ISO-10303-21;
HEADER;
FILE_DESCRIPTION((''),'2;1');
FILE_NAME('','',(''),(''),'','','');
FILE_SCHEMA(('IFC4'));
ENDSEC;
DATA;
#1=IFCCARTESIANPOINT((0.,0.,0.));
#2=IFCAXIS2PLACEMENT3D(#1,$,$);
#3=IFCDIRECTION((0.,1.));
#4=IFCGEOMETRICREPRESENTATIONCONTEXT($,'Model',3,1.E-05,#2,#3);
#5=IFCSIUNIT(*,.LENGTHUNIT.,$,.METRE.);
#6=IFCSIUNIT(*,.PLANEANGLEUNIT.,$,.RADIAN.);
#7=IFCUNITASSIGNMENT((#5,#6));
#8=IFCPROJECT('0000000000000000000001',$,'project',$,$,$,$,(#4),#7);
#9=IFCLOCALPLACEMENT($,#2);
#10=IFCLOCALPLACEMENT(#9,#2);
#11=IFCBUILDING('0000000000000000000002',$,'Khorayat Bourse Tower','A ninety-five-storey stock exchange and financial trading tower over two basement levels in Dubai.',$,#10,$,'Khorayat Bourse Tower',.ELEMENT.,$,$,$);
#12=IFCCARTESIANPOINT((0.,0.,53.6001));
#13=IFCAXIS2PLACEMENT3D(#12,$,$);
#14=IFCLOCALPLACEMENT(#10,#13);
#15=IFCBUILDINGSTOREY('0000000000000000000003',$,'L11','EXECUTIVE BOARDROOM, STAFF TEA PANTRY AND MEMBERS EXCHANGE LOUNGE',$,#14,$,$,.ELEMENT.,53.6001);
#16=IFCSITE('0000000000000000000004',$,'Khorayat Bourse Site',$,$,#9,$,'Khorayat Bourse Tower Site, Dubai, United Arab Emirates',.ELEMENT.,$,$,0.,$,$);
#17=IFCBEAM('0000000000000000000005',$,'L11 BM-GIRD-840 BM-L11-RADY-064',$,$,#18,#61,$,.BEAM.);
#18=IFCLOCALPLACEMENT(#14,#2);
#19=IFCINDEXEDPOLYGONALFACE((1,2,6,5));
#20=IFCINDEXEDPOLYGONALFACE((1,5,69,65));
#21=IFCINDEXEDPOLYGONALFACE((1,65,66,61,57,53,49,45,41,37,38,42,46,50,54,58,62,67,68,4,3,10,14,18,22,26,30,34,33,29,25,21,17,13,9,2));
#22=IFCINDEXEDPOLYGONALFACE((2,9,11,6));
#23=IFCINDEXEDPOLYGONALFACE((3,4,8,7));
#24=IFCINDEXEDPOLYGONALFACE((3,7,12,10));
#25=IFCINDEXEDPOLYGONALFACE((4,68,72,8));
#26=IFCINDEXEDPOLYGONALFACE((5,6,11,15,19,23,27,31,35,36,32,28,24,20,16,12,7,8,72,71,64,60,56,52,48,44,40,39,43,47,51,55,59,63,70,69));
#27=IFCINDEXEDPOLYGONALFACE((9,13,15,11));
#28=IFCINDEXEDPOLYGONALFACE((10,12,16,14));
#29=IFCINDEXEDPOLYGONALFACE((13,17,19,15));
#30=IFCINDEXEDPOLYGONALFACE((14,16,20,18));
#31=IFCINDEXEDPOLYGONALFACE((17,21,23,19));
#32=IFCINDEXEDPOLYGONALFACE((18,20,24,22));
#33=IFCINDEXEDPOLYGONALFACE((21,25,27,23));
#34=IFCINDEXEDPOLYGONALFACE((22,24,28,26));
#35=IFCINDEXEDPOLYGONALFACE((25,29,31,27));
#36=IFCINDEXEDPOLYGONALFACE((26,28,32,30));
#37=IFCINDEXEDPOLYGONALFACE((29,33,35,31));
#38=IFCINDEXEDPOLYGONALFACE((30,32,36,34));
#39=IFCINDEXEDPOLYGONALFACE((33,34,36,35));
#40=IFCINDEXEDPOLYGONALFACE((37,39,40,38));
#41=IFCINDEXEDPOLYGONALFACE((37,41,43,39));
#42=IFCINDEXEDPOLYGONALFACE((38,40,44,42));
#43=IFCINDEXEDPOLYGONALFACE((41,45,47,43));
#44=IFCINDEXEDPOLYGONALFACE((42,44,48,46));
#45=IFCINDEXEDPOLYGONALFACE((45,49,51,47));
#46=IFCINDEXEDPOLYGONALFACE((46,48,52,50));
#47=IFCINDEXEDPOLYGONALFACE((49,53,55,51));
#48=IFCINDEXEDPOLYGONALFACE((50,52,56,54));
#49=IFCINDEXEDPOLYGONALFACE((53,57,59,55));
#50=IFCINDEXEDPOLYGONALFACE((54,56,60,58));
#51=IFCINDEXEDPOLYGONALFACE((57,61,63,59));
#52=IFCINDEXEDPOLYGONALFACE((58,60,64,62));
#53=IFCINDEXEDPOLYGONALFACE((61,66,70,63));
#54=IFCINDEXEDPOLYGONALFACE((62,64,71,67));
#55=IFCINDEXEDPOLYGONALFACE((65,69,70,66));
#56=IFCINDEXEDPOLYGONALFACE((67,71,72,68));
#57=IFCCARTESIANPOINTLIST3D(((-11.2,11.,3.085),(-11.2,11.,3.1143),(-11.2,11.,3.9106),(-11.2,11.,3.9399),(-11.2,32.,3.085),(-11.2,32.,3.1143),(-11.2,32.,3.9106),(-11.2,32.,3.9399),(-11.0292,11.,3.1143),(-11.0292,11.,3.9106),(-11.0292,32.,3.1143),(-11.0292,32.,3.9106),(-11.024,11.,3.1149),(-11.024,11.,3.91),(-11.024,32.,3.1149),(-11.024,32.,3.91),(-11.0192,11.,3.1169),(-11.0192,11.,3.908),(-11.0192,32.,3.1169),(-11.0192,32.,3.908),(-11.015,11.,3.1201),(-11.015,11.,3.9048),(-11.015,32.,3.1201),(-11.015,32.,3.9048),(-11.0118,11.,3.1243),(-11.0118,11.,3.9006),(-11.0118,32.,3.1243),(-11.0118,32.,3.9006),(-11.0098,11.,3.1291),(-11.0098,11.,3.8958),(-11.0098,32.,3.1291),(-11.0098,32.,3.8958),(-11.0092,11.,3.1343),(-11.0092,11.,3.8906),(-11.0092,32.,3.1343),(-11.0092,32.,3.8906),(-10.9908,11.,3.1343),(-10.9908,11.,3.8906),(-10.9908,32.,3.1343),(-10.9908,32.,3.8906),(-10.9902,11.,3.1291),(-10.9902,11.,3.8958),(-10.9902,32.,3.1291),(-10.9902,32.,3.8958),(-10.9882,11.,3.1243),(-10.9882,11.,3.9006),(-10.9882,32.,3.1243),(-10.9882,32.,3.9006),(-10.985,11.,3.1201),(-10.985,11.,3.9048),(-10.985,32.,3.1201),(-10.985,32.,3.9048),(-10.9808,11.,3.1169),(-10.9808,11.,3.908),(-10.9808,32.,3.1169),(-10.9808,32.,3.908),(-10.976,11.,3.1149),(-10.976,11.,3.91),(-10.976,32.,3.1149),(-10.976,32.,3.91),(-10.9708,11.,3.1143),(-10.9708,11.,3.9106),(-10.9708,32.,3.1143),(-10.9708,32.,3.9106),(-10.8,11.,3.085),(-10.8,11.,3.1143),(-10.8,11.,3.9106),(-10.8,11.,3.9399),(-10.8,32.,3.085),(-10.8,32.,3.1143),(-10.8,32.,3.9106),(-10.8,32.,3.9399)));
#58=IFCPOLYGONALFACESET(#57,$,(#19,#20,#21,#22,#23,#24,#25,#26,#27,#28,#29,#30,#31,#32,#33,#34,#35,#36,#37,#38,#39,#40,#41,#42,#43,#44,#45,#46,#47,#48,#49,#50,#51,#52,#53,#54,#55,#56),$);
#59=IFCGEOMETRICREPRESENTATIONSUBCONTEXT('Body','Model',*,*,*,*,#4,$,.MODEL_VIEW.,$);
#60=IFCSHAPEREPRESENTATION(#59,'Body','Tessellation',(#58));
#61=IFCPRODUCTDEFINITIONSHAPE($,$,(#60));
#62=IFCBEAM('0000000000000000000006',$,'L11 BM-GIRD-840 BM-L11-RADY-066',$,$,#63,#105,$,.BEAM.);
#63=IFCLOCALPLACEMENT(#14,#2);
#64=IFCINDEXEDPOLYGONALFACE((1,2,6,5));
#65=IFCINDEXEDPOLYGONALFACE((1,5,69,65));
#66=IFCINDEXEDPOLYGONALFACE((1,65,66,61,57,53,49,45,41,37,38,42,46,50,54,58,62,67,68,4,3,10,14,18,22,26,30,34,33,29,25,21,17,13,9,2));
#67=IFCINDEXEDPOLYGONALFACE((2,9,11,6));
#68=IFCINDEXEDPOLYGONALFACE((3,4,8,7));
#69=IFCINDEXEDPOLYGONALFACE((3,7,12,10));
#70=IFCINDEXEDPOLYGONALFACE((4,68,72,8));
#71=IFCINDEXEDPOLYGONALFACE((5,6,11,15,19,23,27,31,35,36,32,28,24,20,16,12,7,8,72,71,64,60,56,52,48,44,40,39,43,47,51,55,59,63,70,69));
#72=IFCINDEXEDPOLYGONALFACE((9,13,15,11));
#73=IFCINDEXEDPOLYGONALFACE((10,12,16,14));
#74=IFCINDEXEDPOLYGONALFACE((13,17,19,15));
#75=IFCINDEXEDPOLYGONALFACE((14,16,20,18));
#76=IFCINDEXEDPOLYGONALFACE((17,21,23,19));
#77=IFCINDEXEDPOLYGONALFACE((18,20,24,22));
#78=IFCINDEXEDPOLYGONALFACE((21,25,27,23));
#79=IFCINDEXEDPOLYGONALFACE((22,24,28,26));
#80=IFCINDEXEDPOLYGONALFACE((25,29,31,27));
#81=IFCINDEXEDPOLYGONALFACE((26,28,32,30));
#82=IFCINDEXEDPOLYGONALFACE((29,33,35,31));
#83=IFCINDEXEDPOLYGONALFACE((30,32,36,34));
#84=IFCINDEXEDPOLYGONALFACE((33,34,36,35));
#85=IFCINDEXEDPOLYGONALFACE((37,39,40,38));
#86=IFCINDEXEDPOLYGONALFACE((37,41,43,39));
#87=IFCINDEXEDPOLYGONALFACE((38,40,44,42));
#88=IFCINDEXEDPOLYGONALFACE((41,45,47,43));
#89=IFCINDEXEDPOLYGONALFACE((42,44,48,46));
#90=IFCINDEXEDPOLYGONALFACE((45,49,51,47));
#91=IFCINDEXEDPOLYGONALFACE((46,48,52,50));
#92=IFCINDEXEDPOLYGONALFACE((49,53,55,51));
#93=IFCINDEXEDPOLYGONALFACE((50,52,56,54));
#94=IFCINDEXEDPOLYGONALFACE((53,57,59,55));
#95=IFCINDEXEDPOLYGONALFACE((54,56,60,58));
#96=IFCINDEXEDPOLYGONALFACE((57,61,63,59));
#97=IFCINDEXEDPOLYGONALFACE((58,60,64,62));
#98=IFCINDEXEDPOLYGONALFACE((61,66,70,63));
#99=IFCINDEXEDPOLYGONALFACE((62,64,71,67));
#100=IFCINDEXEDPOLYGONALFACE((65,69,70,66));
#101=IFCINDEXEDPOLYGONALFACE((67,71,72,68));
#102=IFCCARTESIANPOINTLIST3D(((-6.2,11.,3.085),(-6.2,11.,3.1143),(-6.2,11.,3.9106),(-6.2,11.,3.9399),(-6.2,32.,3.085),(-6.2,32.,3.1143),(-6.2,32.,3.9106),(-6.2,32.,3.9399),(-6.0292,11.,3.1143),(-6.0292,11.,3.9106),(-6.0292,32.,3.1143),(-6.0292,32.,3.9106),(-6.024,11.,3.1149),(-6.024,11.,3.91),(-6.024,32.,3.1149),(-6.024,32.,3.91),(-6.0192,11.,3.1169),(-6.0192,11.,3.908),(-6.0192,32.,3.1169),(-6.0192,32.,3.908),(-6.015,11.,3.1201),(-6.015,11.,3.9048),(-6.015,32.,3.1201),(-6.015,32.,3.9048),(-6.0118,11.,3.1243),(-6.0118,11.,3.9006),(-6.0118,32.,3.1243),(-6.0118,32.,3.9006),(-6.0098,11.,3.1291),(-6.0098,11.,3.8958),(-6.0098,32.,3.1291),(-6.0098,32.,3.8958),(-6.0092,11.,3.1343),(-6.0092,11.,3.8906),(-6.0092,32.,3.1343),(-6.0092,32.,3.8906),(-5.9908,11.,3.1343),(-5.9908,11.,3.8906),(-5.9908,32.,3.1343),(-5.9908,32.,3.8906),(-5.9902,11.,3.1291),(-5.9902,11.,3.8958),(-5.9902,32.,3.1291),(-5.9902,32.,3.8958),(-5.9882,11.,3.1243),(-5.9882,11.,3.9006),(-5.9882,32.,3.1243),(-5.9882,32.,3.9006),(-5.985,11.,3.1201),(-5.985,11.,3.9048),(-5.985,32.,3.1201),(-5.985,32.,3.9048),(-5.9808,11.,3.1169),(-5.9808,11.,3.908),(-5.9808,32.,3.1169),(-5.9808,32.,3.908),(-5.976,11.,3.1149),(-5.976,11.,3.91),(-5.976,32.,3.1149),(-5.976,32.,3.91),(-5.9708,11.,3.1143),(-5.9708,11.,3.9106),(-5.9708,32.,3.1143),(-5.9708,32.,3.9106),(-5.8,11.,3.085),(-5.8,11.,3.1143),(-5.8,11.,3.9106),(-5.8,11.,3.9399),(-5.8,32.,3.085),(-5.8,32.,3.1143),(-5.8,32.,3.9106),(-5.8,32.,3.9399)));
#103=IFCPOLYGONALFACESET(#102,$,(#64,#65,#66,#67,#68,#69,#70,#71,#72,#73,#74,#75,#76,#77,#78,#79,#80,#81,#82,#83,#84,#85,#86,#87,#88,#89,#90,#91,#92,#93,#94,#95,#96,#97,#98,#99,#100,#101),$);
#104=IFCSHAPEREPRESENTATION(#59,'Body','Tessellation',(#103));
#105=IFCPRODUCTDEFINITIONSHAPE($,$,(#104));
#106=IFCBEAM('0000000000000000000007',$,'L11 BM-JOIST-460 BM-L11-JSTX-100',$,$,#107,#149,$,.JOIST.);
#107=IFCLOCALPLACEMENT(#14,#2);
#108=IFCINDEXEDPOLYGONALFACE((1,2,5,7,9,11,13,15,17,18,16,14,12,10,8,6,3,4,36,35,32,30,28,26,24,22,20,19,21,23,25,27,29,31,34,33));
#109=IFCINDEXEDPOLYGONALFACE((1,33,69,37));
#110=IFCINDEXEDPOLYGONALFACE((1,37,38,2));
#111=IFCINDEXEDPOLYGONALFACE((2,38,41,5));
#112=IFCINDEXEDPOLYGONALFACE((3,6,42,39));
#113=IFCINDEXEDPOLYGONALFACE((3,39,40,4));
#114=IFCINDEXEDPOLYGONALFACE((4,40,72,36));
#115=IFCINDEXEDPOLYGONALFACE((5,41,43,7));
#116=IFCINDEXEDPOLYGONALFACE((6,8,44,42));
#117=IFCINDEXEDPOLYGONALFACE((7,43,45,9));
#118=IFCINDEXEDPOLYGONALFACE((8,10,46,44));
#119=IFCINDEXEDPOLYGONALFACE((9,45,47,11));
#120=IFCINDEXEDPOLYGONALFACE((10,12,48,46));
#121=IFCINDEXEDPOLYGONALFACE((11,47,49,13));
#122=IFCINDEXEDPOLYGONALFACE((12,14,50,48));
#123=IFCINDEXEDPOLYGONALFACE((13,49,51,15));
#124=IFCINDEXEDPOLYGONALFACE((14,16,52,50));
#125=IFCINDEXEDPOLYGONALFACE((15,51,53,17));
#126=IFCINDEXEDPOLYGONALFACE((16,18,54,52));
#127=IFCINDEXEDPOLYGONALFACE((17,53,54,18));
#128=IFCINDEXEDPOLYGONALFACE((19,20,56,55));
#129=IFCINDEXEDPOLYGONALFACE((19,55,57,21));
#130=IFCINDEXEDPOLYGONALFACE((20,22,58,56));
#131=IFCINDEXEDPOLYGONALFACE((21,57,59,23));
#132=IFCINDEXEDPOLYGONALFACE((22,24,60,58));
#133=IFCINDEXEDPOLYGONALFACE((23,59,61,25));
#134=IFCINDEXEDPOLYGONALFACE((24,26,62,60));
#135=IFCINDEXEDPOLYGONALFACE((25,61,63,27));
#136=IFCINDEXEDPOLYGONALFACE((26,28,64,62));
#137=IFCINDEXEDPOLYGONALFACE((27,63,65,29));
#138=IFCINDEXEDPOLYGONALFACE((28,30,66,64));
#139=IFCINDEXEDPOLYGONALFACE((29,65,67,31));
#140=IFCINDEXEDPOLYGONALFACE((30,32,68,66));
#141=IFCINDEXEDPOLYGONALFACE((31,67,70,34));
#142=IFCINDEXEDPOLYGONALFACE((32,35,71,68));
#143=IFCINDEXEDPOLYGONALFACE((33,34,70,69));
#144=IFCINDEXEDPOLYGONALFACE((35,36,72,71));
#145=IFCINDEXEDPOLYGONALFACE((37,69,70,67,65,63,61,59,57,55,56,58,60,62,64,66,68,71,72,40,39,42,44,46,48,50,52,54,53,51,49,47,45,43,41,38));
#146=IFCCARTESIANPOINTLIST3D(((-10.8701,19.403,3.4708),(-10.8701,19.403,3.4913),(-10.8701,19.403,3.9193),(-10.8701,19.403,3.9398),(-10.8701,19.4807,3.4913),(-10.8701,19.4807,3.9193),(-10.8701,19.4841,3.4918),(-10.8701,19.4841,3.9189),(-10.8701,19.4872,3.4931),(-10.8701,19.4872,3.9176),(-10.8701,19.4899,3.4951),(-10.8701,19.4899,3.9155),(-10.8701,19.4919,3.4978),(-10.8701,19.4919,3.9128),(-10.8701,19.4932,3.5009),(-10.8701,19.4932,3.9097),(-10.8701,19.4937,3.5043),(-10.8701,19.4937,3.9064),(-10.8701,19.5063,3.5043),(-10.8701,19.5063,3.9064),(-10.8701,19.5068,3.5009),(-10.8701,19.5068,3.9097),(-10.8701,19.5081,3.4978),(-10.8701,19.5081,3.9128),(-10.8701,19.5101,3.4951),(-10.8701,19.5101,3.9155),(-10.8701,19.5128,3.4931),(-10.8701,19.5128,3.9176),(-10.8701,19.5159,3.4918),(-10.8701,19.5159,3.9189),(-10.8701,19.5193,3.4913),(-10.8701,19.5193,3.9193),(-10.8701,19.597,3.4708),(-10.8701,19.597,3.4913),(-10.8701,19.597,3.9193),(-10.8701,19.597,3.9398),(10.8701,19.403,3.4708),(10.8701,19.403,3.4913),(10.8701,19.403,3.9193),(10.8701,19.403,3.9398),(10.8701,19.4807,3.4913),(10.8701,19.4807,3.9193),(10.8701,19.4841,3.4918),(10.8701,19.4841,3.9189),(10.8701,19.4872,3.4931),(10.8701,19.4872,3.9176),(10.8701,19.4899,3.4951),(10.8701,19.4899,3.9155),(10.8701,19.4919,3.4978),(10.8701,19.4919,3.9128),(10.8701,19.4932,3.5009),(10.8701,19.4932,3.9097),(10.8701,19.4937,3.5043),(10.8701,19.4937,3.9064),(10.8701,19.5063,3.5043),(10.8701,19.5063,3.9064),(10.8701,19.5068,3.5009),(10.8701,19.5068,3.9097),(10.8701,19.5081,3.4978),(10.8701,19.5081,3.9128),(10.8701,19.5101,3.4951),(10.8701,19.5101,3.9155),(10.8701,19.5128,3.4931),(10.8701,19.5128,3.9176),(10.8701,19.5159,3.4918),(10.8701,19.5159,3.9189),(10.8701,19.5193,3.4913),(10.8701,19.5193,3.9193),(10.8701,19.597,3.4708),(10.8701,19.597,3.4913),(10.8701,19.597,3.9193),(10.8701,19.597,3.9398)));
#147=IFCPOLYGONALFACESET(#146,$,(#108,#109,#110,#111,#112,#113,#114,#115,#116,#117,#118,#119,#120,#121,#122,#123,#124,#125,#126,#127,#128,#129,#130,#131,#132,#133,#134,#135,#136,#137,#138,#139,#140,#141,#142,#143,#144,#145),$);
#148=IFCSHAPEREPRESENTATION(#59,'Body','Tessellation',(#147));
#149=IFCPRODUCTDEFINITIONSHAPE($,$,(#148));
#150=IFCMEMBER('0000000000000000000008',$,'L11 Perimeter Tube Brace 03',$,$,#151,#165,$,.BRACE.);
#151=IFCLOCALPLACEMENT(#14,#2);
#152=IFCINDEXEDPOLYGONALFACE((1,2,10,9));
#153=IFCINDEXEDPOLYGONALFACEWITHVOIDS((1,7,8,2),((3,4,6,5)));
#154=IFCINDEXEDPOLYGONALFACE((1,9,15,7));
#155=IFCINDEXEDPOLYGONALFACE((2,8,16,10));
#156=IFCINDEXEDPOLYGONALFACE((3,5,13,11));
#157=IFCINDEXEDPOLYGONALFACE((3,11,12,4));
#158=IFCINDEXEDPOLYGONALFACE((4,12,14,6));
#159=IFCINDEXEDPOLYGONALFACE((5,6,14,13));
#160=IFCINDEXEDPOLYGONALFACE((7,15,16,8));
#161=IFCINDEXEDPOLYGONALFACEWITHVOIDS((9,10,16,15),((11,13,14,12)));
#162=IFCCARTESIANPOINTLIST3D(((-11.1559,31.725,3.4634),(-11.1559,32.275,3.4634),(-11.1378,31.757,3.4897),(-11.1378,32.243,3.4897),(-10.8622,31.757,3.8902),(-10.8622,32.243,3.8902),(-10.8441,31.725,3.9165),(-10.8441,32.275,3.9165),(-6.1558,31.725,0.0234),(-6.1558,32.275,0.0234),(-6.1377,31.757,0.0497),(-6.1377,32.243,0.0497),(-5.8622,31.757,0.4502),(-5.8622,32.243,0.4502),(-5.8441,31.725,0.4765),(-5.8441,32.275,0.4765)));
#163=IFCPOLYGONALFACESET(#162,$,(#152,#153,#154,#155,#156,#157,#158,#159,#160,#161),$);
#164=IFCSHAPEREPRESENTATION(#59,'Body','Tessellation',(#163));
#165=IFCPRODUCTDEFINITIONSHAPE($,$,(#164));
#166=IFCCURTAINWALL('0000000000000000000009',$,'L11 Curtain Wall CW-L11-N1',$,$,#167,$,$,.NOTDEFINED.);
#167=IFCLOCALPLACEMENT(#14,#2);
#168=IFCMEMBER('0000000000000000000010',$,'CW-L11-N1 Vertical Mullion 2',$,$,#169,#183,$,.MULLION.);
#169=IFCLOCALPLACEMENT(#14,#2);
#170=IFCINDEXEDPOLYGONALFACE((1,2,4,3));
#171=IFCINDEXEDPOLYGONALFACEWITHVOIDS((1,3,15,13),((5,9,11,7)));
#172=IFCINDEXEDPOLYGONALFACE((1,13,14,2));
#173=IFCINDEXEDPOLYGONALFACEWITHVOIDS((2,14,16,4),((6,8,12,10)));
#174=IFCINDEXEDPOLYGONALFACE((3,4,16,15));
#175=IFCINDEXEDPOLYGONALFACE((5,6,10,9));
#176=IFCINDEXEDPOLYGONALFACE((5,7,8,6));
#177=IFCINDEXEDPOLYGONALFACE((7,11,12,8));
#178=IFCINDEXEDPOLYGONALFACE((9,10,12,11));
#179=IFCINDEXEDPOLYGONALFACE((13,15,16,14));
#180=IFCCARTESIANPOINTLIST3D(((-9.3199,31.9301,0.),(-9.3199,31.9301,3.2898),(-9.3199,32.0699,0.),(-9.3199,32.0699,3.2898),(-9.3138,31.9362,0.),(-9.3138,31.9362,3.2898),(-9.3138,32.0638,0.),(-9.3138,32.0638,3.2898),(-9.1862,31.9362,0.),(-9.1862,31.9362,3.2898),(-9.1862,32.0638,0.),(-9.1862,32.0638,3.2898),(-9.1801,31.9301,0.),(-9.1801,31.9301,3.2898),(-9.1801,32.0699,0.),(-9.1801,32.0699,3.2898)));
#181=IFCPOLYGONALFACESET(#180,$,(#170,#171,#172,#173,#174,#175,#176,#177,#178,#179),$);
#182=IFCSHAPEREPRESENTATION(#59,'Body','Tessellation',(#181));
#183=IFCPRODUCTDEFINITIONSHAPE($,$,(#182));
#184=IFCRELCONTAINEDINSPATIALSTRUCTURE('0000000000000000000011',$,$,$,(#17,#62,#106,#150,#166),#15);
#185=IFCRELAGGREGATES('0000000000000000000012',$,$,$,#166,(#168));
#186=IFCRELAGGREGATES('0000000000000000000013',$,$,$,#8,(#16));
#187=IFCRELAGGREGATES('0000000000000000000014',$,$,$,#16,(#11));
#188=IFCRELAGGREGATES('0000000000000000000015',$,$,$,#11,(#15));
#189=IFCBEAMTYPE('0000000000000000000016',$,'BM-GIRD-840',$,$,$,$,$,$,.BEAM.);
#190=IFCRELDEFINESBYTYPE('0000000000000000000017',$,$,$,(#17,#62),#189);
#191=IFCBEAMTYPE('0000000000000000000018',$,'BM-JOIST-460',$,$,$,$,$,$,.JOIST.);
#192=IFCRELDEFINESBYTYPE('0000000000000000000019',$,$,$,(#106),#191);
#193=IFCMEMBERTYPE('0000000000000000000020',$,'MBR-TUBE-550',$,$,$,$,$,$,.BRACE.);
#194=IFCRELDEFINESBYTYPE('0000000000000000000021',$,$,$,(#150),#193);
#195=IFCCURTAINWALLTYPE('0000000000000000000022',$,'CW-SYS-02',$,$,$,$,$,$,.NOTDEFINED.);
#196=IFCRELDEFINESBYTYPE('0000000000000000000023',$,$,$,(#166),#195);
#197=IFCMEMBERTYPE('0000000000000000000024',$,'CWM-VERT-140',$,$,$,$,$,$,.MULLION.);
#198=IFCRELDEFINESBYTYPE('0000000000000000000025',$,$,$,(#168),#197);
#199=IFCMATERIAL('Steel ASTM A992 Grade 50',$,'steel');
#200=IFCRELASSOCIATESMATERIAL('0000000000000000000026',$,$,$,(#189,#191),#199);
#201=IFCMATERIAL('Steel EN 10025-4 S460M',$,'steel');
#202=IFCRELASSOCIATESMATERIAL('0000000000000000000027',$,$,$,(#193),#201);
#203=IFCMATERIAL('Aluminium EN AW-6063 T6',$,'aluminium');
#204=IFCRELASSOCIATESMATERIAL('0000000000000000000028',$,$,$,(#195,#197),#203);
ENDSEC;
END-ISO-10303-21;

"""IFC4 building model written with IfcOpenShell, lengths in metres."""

from ifc_helpers import new_model, si_unit, direction, frame, origin, origin_2d, place, context, subcontext, project, spatial, hollow_rectangle, i_section, extrude, source, transform, mapped, material, material_profile, profile_set, type_object, element, aggregate, save


model = new_model("IFC4")

# Units and contexts
model_context = context("Model", 3, precision=1e-05, world=origin(), true_north=direction((0.0, 1.0)))
body_context = subcontext(model_context, "Body", "Model", "MODEL_VIEW")
ifc_project = project(units=[si_unit("LENGTHUNIT", "METRE"), si_unit("PLANEANGLEUNIT", "RADIAN")], contexts=[model_context])

# Site, building, storey
site_placement = place(None, origin())
site = spatial("IfcSite", under=ifc_project, at=site_placement, Name="Khorayat Bourse Site", LongName="Khorayat Bourse Tower Site, Dubai, United Arab Emirates", CompositionType="ELEMENT", RefElevation=0.0)
building_placement = place(site_placement, origin())
building = spatial("IfcBuilding", under=site, at=building_placement, Name="Khorayat Bourse Tower", Description="A ninety-five-storey stock exchange and financial trading tower over two basement levels in Dubai.", LongName="Khorayat Bourse Tower", CompositionType="ELEMENT")
storey_placement = place(building_placement, frame((0.0, 0.0, 53.6001)))
storey = spatial("IfcBuildingStorey", under=building, at=storey_placement, Name="L11", Description="EXECUTIVE BOARDROOM, STAFF TEA PANTRY AND MEMBERS EXCHANGE LOUNGE", CompositionType="ELEMENT", Elevation=53.6001)

# Shared definitions
ifc_material_1 = material(Name="Steel EN 10025-4 S460M", Category="steel")

# Beams
ifc_material_2 = material(Name="Steel ASTM A992 Grade 50", Category="steel")
ifc_material_profile_1 = material_profile(ifc_material_2, i_section(OverallWidth=0.3999, OverallDepth=0.855, WebThickness=0.0183, FlangeThickness=0.0293, FilletRadius=0.02, at=origin_2d()), Name="W840X299")
ifc_profile_set_1 = profile_set([ifc_material_profile_1], Name="Steel ASTM A992 Grade 50")
beam_type_1 = type_object("IfcBeamType", Name="BM-GIRD-840", PredefinedType="BEAM", material=ifc_profile_set_1)
shared_shape_1 = source(origin(), body_context, "Body", "SweptSolid", [
    extrude(i_section(OverallWidth=0.3999, OverallDepth=0.855, WebThickness=0.0183, FlangeThickness=0.0293, FilletRadius=0.02, at=origin_2d()), origin(), (0.0, 0.0, 1.0), 21.0),
])
for number, where, z_axis, x_axis, name in (
    (1, (-11.0, 11.0, 3.5125), (0.0, 1.0, 0.0), (-1.0, 0.0, 0.0), "L11 BM-GIRD-840 BM-L11-RADY-064"),
    (2, (-6.0, 11.0, 3.5125), (0.0, 1.0, 0.0), (-1.0, 0.0, 0.0), "L11 BM-GIRD-840 BM-L11-RADY-066"),
):
    element("IfcBeam", number, at=place(storey_placement, frame(where, z_axis=z_axis, x_axis=x_axis)), inside=storey, type_object=beam_type_1, Name=name, PredefinedType="BEAM", context=body_context, shape_type="MappedRepresentation", body=[
        mapped(shared_shape_1, transform((0.0, 0.0, 0.0), scale=1.0)),
    ])
ifc_material_profile_2 = material_profile(ifc_material_2, i_section(OverallWidth=0.1941, OverallDepth=0.469, WebThickness=0.0127, FlangeThickness=0.0205, FilletRadius=0.0129, at=origin_2d()), Name="W460X106")
ifc_profile_set_2 = profile_set([ifc_material_profile_2], Name="Steel ASTM A992 Grade 50")
beam_type_2 = type_object("IfcBeamType", Name="BM-JOIST-460", PredefinedType="JOIST", material=ifc_profile_set_2)
shared_shape_2 = source(origin(), body_context, "Body", "SweptSolid", [
    extrude(i_section(OverallWidth=0.1941, OverallDepth=0.469, WebThickness=0.0127, FlangeThickness=0.0205, FilletRadius=0.0129, at=origin_2d()), origin(), (0.0, 0.0, 1.0), 21.7402),
])
beam_1_placement = place(storey_placement, frame((-10.8701, 19.5, 3.7053), z_axis=(1.0, 0.0, 0.0), x_axis=(0.0, 1.0, 0.0)))
element("IfcBeam", 3, at=beam_1_placement, inside=storey, type_object=beam_type_2, Name="L11 BM-JOIST-460 BM-L11-JSTX-100", PredefinedType="JOIST", context=body_context, shape_type="MappedRepresentation", body=[
    mapped(shared_shape_2, transform((0.0, 0.0, 0.0), scale=1.0)),
])

# Member
ifc_material_profile_3 = material_profile(ifc_material_1, hollow_rectangle(XDim=0.55, YDim=0.55, WallThickness=0.032, at=origin_2d()), Name="HSS 550x550x32")
ifc_profile_set_3 = profile_set([ifc_material_profile_3], Name="Steel EN 10025-4 S460M")
member_type_1 = type_object("IfcMemberType", Name="MBR-TUBE-550", PredefinedType="BRACE", material=ifc_profile_set_3)
shared_shape_3 = source(origin(), body_context, "Body", "SweptSolid", [
    extrude(hollow_rectangle(XDim=0.55, YDim=0.55, WallThickness=0.032, at=origin_2d()), origin(), (0.0, 0.0, 1.0), 6.0691),
])
member_1_placement = place(storey_placement, frame((-11.0, 32.0, 3.6899), z_axis=(0.823854, 0.0, -0.566802), x_axis=(0.0, 1.0, 0.0)))
element("IfcMember", 4, at=member_1_placement, inside=storey, type_object=member_type_1, Name="L11 Perimeter Tube Brace 03", PredefinedType="BRACE", context=body_context, shape_type="MappedRepresentation", body=[
    mapped(shared_shape_3, transform((0.0, 0.0, 0.0), scale=1.0)),
])

# Curtain wall, member
ifc_material_3 = material(Name="Aluminium EN AW-6063 T6", Category="aluminium")
curtain_wall_type = type_object("IfcCurtainWallType", Name="CW-SYS-02", PredefinedType="NOTDEFINED", material=ifc_material_3)
curtain_wall_placement = place(storey_placement, origin())
curtain_wall = element("IfcCurtainWall", 5, at=curtain_wall_placement, inside=storey, type_object=curtain_wall_type, Name="L11 Curtain Wall CW-L11-N1", PredefinedType="NOTDEFINED")
ifc_material_profile_4 = material_profile(ifc_material_3, hollow_rectangle(XDim=0.1399, YDim=0.1399, WallThickness=0.0061, at=origin_2d()), Name="ALU 140x140x6")
ifc_profile_set_4 = profile_set([ifc_material_profile_4], Name="Aluminium EN AW-6063 T6")
member_type_2 = type_object("IfcMemberType", Name="CWM-VERT-140", PredefinedType="MULLION", material=ifc_profile_set_4)
shared_shape_4 = source(origin(), body_context, "Body", "SweptSolid", [
    extrude(hollow_rectangle(XDim=0.1399, YDim=0.1399, WallThickness=0.0061, at=origin_2d()), origin(), (0.0, 0.0, 1.0), 3.2898),
])
member_2_placement = place(storey_placement, frame((-9.25, 32.0, 0.0), z_axis=(0.0, 0.0, 1.0), x_axis=(0.0, 1.0, 0.0)))
member_2 = element("IfcMember", 6, at=member_2_placement, type_object=member_type_2, Name="CW-L11-N1 Vertical Mullion 2", PredefinedType="MULLION", context=body_context, shape_type="MappedRepresentation", body=[
    mapped(shared_shape_4, transform((0.0, 0.0, 0.0), scale=1.0)),
])

aggregate(curtain_wall, [member_2])

save(model, "model.ifc")
